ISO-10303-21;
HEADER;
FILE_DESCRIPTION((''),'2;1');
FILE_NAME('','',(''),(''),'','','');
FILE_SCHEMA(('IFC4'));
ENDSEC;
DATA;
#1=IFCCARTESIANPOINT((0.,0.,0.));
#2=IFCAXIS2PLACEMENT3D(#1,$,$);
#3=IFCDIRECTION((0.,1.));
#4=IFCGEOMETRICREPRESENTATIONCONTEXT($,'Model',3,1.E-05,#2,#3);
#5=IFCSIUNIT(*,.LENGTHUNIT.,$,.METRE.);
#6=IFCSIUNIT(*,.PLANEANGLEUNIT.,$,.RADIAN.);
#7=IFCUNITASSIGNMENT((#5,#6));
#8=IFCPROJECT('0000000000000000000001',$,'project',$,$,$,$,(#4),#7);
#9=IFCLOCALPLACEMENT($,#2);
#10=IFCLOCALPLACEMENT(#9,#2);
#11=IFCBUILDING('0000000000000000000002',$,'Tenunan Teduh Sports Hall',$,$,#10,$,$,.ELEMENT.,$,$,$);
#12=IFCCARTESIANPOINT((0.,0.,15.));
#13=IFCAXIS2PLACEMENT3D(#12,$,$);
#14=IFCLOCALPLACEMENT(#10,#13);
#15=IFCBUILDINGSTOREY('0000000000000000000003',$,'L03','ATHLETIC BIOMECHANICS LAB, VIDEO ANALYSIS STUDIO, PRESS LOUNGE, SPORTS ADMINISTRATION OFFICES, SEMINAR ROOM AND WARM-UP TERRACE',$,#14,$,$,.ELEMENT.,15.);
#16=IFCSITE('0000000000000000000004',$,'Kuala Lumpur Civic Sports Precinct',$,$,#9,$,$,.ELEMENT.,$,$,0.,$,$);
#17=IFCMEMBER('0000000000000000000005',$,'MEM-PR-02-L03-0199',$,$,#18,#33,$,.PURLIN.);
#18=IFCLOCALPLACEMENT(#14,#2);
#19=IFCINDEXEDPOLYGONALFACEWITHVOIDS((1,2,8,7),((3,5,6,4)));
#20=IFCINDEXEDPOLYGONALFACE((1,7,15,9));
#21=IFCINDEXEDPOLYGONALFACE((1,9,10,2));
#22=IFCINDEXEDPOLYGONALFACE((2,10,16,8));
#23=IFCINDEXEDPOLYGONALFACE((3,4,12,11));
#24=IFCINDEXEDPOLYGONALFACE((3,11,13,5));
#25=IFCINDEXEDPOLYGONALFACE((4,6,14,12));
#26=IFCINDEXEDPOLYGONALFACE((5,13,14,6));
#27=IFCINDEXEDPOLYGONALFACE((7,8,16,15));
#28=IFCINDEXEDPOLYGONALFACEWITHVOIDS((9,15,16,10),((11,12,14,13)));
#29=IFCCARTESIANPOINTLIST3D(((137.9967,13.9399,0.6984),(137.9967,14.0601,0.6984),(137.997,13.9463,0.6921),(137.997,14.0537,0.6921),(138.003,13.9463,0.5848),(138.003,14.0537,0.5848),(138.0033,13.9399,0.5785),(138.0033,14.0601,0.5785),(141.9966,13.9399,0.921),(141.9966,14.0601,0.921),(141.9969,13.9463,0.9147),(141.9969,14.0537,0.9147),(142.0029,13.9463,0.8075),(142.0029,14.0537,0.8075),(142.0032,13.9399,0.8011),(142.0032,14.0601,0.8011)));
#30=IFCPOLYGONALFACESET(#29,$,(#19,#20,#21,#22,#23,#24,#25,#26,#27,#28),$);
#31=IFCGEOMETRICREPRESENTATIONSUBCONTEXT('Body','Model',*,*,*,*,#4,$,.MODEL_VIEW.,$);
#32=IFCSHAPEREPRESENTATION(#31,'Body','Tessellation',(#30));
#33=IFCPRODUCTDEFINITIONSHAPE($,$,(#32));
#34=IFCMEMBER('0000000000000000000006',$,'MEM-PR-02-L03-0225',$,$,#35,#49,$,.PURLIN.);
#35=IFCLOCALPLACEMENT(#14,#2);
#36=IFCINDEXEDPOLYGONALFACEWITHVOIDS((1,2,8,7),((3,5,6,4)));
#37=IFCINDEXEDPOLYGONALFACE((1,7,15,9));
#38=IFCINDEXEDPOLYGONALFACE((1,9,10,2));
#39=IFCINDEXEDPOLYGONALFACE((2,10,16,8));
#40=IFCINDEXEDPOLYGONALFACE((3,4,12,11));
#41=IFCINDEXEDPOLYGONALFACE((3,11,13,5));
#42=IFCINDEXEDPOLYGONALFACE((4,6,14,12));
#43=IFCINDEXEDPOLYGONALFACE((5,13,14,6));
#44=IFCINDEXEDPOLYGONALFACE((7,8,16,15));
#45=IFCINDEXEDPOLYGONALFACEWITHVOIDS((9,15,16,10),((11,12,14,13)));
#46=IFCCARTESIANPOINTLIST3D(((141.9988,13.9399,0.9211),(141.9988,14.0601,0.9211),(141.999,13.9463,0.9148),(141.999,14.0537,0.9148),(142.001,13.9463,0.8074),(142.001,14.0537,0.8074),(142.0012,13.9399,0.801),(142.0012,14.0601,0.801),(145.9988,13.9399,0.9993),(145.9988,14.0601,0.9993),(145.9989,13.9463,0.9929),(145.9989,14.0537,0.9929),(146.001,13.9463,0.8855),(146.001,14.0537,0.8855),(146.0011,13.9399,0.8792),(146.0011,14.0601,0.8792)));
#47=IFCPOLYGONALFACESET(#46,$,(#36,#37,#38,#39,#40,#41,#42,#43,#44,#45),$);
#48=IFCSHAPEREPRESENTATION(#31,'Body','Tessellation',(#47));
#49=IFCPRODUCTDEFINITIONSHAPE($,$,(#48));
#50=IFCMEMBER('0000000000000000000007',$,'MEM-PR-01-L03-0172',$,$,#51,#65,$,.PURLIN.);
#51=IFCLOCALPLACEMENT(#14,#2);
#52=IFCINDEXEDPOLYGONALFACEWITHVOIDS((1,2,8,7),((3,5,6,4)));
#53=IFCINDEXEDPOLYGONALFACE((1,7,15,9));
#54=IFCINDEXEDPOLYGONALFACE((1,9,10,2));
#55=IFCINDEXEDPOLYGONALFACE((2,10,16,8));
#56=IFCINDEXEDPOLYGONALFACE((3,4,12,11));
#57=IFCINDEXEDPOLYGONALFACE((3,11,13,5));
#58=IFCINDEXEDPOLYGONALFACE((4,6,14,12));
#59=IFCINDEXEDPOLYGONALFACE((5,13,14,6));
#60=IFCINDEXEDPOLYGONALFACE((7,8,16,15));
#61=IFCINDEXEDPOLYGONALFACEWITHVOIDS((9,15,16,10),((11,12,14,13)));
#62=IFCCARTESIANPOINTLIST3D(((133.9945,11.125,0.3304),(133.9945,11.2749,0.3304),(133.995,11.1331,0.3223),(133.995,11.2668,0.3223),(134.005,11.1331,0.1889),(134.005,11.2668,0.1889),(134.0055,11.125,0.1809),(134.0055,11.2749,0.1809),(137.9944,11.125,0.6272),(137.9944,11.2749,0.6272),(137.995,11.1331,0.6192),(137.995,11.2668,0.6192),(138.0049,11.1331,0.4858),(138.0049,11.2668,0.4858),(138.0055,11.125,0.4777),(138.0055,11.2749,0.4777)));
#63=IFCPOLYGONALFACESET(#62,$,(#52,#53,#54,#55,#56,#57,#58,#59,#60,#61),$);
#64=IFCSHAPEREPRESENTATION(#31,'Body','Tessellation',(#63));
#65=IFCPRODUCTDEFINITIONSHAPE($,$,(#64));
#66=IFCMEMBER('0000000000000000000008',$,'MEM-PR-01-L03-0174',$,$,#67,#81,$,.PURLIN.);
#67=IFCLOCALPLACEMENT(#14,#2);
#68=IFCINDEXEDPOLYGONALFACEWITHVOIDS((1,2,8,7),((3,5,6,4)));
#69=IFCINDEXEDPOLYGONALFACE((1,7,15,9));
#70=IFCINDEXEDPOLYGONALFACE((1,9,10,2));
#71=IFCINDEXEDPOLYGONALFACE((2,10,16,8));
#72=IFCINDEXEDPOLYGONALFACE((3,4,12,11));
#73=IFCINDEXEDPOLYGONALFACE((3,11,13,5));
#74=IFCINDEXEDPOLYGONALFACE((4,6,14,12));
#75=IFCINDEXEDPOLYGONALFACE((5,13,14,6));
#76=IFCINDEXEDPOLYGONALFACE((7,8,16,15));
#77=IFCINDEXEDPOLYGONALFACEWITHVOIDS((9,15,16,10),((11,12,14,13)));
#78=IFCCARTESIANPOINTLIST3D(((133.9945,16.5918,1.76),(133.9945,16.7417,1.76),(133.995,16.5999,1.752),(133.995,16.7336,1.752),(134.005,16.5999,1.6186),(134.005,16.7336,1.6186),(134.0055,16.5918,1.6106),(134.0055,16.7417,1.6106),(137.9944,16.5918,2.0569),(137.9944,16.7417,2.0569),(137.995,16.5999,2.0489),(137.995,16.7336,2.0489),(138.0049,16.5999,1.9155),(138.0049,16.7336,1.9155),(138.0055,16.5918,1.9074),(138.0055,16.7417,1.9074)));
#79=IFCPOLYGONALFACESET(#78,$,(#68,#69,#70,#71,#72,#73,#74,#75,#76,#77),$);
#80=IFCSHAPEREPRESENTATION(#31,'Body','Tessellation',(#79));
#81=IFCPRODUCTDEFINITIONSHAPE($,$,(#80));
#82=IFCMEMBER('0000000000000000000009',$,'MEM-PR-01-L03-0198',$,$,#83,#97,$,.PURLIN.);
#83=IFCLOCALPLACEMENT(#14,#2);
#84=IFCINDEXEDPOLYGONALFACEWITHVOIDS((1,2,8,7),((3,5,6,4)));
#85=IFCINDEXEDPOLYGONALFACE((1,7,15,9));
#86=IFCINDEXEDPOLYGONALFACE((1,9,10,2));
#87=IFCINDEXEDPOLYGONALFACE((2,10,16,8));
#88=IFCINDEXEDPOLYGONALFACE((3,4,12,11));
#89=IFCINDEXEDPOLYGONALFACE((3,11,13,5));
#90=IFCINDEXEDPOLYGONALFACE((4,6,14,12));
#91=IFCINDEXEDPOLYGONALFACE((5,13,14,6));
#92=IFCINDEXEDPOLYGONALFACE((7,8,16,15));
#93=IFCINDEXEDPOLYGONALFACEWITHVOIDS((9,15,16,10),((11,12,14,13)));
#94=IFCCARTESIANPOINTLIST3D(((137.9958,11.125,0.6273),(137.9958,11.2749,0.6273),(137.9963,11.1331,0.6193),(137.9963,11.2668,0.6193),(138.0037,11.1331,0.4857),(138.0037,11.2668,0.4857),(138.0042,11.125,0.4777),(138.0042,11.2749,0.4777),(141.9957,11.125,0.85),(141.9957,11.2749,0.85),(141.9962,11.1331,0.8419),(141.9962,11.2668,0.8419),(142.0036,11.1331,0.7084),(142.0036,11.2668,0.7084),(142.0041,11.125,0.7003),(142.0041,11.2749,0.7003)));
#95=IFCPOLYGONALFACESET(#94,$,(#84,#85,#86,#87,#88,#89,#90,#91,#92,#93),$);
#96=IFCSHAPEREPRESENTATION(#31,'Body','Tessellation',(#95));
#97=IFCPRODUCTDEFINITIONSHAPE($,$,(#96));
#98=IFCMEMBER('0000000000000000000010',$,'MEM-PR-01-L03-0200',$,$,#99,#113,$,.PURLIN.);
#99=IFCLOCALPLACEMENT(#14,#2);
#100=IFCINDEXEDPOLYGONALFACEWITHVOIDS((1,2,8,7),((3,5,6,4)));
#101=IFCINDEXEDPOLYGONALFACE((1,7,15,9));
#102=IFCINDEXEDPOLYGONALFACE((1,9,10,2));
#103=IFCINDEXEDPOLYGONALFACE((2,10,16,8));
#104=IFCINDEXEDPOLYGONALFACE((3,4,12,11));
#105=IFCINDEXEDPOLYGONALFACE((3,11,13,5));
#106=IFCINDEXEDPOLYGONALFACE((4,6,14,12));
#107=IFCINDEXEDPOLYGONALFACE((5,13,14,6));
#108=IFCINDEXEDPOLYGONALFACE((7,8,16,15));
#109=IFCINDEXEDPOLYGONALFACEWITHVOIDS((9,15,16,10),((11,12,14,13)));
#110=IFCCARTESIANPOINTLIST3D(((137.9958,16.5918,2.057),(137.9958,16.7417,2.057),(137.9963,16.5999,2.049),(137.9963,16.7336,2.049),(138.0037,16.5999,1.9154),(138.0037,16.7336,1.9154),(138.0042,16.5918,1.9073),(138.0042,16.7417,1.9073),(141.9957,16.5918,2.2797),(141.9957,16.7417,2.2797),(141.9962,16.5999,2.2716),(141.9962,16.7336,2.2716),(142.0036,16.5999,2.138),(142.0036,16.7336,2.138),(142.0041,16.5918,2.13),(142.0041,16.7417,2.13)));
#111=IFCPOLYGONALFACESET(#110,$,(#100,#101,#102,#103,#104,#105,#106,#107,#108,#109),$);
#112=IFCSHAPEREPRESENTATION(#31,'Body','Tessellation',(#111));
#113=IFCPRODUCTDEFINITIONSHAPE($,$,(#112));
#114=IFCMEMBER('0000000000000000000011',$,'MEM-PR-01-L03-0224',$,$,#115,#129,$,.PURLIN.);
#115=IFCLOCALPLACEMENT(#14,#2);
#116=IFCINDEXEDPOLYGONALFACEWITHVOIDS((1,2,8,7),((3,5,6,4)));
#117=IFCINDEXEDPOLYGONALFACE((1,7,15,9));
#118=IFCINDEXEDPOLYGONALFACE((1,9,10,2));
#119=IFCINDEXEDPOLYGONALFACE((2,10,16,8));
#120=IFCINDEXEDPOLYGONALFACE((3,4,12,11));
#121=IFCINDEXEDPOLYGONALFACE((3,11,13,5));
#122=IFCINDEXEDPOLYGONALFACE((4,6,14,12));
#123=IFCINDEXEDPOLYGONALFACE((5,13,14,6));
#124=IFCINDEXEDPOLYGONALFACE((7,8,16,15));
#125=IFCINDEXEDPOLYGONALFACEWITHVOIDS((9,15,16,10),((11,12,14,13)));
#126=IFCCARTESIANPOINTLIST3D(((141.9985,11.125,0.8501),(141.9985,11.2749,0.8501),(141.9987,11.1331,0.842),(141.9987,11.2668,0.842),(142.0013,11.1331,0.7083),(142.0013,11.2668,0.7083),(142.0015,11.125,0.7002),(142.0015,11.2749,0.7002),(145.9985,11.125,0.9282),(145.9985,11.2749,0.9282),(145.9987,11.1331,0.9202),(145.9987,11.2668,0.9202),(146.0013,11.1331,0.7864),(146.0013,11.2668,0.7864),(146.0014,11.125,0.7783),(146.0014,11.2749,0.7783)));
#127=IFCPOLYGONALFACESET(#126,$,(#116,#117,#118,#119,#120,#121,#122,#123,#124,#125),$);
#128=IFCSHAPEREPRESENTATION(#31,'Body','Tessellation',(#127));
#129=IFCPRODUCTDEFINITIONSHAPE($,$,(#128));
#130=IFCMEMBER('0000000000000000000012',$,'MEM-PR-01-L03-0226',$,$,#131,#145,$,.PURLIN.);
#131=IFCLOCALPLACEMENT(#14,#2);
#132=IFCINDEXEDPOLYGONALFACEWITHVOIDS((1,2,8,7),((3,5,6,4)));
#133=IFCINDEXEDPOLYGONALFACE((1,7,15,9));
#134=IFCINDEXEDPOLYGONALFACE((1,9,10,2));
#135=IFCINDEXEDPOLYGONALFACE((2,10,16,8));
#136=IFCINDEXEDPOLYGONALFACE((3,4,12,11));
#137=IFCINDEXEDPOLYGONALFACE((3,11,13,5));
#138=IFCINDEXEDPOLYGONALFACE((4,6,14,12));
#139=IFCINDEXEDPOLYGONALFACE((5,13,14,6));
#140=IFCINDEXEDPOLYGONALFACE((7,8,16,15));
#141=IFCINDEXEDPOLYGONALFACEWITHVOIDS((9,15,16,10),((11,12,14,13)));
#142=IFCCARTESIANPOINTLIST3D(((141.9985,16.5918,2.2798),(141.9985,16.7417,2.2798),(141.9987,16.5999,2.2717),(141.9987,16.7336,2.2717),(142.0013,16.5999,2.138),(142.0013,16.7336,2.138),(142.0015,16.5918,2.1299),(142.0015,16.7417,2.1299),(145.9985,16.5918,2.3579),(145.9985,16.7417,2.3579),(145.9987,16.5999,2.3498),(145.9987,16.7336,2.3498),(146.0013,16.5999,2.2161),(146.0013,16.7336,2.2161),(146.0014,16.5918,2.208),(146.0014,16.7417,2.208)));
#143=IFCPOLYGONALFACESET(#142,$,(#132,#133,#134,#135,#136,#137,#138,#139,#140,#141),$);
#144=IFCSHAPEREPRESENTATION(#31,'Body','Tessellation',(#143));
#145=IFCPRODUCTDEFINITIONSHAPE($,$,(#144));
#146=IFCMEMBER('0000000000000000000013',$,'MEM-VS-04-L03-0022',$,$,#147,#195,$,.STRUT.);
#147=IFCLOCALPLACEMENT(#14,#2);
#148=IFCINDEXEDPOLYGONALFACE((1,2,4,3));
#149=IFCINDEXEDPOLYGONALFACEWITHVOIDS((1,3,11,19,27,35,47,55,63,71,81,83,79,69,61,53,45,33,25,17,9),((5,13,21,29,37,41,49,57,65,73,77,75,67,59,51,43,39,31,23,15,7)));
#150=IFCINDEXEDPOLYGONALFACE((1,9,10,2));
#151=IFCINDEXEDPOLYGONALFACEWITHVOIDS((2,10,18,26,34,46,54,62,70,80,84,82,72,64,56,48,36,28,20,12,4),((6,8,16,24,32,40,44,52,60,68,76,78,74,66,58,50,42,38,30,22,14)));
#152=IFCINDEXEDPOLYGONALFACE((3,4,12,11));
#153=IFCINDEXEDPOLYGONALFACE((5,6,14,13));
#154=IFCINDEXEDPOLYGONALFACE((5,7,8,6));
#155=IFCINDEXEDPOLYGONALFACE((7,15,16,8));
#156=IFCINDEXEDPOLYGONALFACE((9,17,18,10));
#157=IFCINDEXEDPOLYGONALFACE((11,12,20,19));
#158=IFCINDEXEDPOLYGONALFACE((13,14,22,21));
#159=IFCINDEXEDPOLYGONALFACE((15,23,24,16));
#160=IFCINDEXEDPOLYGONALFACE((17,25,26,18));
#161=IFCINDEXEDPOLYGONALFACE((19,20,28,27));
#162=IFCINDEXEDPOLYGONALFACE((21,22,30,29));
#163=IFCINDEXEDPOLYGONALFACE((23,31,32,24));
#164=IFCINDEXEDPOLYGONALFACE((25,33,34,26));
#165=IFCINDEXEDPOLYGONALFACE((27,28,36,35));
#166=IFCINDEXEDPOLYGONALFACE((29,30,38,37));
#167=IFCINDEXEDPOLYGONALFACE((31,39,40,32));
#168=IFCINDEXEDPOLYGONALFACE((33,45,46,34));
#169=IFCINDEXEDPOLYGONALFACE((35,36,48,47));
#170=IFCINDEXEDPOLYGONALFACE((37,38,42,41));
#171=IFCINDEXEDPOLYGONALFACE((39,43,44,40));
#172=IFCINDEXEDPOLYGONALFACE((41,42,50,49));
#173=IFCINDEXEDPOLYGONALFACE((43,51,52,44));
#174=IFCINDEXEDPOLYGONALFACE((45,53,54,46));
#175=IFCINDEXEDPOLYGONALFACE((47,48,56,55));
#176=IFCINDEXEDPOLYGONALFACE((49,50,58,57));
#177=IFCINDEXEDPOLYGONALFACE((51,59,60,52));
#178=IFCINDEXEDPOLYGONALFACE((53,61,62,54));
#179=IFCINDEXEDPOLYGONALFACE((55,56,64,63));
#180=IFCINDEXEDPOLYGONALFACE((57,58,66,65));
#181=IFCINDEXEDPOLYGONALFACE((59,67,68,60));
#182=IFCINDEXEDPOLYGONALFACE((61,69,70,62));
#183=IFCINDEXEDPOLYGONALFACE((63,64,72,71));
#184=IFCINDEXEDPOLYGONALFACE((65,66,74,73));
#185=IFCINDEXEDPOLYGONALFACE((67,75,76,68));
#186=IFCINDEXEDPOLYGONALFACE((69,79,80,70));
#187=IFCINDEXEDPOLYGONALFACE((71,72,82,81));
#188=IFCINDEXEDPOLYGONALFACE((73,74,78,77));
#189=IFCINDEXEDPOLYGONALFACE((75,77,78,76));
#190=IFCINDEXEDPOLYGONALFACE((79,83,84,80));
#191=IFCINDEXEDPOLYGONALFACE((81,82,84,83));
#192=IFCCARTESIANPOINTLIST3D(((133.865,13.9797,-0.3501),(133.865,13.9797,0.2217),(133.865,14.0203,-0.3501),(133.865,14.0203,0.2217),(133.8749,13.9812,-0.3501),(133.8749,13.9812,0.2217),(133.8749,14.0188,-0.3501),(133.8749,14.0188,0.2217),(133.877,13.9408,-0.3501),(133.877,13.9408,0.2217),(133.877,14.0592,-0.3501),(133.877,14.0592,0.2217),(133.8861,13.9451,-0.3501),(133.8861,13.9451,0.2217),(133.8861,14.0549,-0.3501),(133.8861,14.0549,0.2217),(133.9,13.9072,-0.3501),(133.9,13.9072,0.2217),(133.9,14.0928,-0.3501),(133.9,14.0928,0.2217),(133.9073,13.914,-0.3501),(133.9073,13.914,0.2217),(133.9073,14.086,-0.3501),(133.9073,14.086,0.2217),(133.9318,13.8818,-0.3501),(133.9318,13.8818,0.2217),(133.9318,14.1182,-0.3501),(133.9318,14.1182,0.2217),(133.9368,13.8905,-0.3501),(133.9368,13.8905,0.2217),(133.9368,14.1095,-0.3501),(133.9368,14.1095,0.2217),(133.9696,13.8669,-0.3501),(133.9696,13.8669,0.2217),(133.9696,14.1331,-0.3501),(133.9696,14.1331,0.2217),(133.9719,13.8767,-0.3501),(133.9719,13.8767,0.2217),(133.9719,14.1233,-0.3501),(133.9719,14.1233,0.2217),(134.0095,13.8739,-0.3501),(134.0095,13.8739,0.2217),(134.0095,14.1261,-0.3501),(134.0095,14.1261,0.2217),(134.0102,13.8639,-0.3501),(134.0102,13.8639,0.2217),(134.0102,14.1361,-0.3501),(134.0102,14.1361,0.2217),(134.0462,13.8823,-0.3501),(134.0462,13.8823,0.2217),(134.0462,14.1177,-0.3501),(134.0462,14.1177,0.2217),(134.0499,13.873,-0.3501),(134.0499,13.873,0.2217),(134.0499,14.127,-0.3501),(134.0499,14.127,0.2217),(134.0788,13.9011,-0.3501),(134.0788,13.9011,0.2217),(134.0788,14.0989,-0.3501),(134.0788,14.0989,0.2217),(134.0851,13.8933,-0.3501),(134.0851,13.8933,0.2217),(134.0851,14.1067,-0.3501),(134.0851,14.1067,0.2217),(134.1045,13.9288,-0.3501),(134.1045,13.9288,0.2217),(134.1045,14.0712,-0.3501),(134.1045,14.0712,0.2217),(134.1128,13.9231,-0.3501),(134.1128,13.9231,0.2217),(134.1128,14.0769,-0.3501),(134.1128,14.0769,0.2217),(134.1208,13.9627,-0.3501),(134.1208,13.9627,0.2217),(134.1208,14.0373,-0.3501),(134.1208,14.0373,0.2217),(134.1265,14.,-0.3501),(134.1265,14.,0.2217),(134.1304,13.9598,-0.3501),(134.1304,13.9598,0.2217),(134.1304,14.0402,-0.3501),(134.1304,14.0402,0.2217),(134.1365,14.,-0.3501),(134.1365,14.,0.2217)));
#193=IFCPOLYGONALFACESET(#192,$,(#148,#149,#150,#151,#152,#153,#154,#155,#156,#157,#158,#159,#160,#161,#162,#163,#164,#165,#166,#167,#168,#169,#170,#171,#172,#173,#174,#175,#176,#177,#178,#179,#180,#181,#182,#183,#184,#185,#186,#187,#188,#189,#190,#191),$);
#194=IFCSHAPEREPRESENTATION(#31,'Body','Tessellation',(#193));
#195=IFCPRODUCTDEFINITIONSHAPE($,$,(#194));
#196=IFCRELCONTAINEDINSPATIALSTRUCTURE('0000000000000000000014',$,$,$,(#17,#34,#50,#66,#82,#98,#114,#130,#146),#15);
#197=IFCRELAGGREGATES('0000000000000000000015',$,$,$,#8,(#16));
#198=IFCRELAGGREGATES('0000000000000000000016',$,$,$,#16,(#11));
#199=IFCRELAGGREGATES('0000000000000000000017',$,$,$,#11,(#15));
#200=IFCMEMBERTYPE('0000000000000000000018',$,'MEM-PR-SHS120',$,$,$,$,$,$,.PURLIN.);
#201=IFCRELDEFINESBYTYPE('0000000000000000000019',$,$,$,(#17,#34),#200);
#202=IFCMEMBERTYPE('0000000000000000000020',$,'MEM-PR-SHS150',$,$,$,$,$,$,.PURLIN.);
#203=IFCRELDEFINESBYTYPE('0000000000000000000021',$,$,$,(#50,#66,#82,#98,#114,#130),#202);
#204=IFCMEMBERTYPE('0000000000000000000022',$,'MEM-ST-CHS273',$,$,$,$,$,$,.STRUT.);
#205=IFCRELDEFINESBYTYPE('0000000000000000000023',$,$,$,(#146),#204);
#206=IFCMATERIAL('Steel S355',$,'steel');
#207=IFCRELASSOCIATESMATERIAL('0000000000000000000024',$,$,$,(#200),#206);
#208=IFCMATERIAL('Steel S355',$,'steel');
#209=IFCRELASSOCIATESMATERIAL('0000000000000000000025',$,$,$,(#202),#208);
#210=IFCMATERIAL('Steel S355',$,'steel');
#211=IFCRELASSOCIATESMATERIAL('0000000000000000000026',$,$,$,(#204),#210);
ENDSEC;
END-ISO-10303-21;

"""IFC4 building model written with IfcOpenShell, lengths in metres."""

from ifc_helpers import new_model, si_unit, direction, frame, origin, origin_2d, place, context, subcontext, project, spatial, hollow_rectangle, hollow_circle, extrude, material, material_profile, profile_set, type_object, element, save


model = new_model("IFC4")

# Units and contexts
model_context = context("Model", 3, precision=1e-05, world=origin(), true_north=direction((0.0, 1.0)))
body_context = subcontext(model_context, "Body", "Model", "MODEL_VIEW")
ifc_project = project(units=[si_unit("LENGTHUNIT", "METRE"), si_unit("PLANEANGLEUNIT", "RADIAN")], contexts=[model_context])

# Site, building, storey
site_placement = place(None, origin())
site = spatial("IfcSite", under=ifc_project, at=site_placement, Name="Kuala Lumpur Civic Sports Precinct", CompositionType="ELEMENT", RefElevation=0.0)
building_placement = place(site_placement, origin())
building = spatial("IfcBuilding", under=site, at=building_placement, Name="Tenunan Teduh Sports Hall", CompositionType="ELEMENT")
storey_placement = place(building_placement, frame((0.0, 0.0, 15.0)))
storey = spatial("IfcBuildingStorey", under=building, at=storey_placement, Name="L03", Description="ATHLETIC BIOMECHANICS LAB, VIDEO ANALYSIS STUDIO, PRESS LOUNGE, SPORTS ADMINISTRATION OFFICES, SEMINAR ROOM AND WARM-UP TERRACE", CompositionType="ELEMENT", Elevation=15.0)

# Members
ifc_material_1 = material(Name="Steel S355", Category="steel")
ifc_material_profile_1 = material_profile(ifc_material_1, hollow_rectangle(XDim=0.1201, YDim=0.1201, WallThickness=0.0063, at=origin_2d()), Name="SHS 120x120x6.3")
ifc_profile_set_1 = profile_set([ifc_material_profile_1], Name="Steel S355")
member_type_1 = type_object("IfcMemberType", Name="MEM-PR-SHS120", PredefinedType="PURLIN", material=ifc_profile_set_1)
member_1_placement = place(storey_placement, frame((138.0, 14.0, 0.6384), z_axis=(0.998454, 0.0, 0.055578), x_axis=(0.0, 1.0, 0.0)))
element("IfcMember", 1, at=member_1_placement, inside=storey, type_object=member_type_1, Name="MEM-PR-02-L03-0199", PredefinedType="PURLIN", context=body_context, shape_type="SweptSolid", body=[
    extrude(hollow_rectangle(XDim=0.1201, YDim=0.1201, WallThickness=0.0063, at=origin_2d()), origin(), (0.0, 0.0, 1.0), 4.0061),
])
member_2_placement = place(storey_placement, frame((142.0, 14.0, 0.8611), z_axis=(0.999809, 0.0, 0.019528), x_axis=(0.0, 1.0, 0.0)))
element("IfcMember", 2, at=member_2_placement, inside=storey, type_object=member_type_1, Name="MEM-PR-02-L03-0225", PredefinedType="PURLIN", context=body_context, shape_type="SweptSolid", body=[
    extrude(hollow_rectangle(XDim=0.1201, YDim=0.1201, WallThickness=0.0063, at=origin_2d()), origin(), (0.0, 0.0, 1.0), 4.0007),
])
ifc_material_2 = material(Name="Steel S355", Category="steel")
ifc_material_profile_2 = material_profile(ifc_material_2, hollow_rectangle(XDim=0.1499, YDim=0.1499, WallThickness=0.0081, at=origin_2d()), Name="SHS 150x150x8.0")
ifc_profile_set_2 = profile_set([ifc_material_profile_2], Name="Steel S355")
member_type_2 = type_object("IfcMemberType", Name="MEM-PR-SHS150", PredefinedType="PURLIN", material=ifc_profile_set_2)
for number, where, z_axis, x_axis, name in (
    (3, (134.0, 11.2, 0.2556), (0.997257, 0.0, 0.074015), (0.0, 1.0, 0.0), "MEM-PR-01-L03-0172"),
    (4, (134.0, 16.6667, 1.6853), (0.997257, 0.0, 0.074015), (0.0, 1.0, 0.0), "MEM-PR-01-L03-0174"),
):
    element("IfcMember", number, at=place(storey_placement, frame(where, z_axis=z_axis, x_axis=x_axis)), inside=storey, type_object=member_type_2, Name=name, PredefinedType="PURLIN", context=body_context, shape_type="SweptSolid", body=[
        extrude(hollow_rectangle(XDim=0.1499, YDim=0.1499, WallThickness=0.0081, at=origin_2d()), origin(), (0.0, 0.0, 1.0), 4.011),
    ])
for number, where, z_axis, x_axis, name in (
    (5, (138.0, 11.2, 0.5525), (0.998454, 0.0, 0.055578), (0.0, 1.0, 0.0), "MEM-PR-01-L03-0198"),
    (6, (138.0, 16.6667, 1.9822), (0.998454, 0.0, 0.055578), (0.0, 1.0, 0.0), "MEM-PR-01-L03-0200"),
):
    element("IfcMember", number, at=place(storey_placement, frame(where, z_axis=z_axis, x_axis=x_axis)), inside=storey, type_object=member_type_2, Name=name, PredefinedType="PURLIN", context=body_context, shape_type="SweptSolid", body=[
        extrude(hollow_rectangle(XDim=0.1499, YDim=0.1499, WallThickness=0.0081, at=origin_2d()), origin(), (0.0, 0.0, 1.0), 4.0061),
    ])
for number, where, z_axis, x_axis, name in (
    (7, (142.0, 11.2, 0.7751), (0.999809, 0.0, 0.019528), (0.0, 1.0, 0.0), "MEM-PR-01-L03-0224"),
    (8, (142.0, 16.6667, 2.2048), (0.999809, 0.0, 0.019528), (0.0, 1.0, 0.0), "MEM-PR-01-L03-0226"),
):
    element("IfcMember", number, at=place(storey_placement, frame(where, z_axis=z_axis, x_axis=x_axis)), inside=storey, type_object=member_type_2, Name=name, PredefinedType="PURLIN", context=body_context, shape_type="SweptSolid", body=[
        extrude(hollow_rectangle(XDim=0.1499, YDim=0.1499, WallThickness=0.0081, at=origin_2d()), origin(), (0.0, 0.0, 1.0), 4.0007),
    ])
ifc_material_3 = material(Name="Steel S355", Category="steel")
ifc_material_profile_3 = material_profile(ifc_material_3, hollow_circle(Radius=0.1365, WallThickness=0.01, at=origin_2d()), Name="CHS 273.0x10.0")
ifc_profile_set_3 = profile_set([ifc_material_profile_3], Name="Steel S355")
member_type_3 = type_object("IfcMemberType", Name="MEM-ST-CHS273", PredefinedType="STRUT", material=ifc_profile_set_3)
member_3_placement = place(storey_placement, frame((134.0, 14.0, -0.3501), z_axis=(0.0, 0.0, 1.0), x_axis=(1.0, 0.0, 0.0)))
element("IfcMember", 9, at=member_3_placement, inside=storey, type_object=member_type_3, Name="MEM-VS-04-L03-0022", PredefinedType="STRUT", context=body_context, shape_type="SweptSolid", body=[
    extrude(hollow_circle(Radius=0.1365, WallThickness=0.01, at=origin_2d()), origin(), (0.0, 0.0, 1.0), 0.5718),
])

save(model, "model.ifc")
